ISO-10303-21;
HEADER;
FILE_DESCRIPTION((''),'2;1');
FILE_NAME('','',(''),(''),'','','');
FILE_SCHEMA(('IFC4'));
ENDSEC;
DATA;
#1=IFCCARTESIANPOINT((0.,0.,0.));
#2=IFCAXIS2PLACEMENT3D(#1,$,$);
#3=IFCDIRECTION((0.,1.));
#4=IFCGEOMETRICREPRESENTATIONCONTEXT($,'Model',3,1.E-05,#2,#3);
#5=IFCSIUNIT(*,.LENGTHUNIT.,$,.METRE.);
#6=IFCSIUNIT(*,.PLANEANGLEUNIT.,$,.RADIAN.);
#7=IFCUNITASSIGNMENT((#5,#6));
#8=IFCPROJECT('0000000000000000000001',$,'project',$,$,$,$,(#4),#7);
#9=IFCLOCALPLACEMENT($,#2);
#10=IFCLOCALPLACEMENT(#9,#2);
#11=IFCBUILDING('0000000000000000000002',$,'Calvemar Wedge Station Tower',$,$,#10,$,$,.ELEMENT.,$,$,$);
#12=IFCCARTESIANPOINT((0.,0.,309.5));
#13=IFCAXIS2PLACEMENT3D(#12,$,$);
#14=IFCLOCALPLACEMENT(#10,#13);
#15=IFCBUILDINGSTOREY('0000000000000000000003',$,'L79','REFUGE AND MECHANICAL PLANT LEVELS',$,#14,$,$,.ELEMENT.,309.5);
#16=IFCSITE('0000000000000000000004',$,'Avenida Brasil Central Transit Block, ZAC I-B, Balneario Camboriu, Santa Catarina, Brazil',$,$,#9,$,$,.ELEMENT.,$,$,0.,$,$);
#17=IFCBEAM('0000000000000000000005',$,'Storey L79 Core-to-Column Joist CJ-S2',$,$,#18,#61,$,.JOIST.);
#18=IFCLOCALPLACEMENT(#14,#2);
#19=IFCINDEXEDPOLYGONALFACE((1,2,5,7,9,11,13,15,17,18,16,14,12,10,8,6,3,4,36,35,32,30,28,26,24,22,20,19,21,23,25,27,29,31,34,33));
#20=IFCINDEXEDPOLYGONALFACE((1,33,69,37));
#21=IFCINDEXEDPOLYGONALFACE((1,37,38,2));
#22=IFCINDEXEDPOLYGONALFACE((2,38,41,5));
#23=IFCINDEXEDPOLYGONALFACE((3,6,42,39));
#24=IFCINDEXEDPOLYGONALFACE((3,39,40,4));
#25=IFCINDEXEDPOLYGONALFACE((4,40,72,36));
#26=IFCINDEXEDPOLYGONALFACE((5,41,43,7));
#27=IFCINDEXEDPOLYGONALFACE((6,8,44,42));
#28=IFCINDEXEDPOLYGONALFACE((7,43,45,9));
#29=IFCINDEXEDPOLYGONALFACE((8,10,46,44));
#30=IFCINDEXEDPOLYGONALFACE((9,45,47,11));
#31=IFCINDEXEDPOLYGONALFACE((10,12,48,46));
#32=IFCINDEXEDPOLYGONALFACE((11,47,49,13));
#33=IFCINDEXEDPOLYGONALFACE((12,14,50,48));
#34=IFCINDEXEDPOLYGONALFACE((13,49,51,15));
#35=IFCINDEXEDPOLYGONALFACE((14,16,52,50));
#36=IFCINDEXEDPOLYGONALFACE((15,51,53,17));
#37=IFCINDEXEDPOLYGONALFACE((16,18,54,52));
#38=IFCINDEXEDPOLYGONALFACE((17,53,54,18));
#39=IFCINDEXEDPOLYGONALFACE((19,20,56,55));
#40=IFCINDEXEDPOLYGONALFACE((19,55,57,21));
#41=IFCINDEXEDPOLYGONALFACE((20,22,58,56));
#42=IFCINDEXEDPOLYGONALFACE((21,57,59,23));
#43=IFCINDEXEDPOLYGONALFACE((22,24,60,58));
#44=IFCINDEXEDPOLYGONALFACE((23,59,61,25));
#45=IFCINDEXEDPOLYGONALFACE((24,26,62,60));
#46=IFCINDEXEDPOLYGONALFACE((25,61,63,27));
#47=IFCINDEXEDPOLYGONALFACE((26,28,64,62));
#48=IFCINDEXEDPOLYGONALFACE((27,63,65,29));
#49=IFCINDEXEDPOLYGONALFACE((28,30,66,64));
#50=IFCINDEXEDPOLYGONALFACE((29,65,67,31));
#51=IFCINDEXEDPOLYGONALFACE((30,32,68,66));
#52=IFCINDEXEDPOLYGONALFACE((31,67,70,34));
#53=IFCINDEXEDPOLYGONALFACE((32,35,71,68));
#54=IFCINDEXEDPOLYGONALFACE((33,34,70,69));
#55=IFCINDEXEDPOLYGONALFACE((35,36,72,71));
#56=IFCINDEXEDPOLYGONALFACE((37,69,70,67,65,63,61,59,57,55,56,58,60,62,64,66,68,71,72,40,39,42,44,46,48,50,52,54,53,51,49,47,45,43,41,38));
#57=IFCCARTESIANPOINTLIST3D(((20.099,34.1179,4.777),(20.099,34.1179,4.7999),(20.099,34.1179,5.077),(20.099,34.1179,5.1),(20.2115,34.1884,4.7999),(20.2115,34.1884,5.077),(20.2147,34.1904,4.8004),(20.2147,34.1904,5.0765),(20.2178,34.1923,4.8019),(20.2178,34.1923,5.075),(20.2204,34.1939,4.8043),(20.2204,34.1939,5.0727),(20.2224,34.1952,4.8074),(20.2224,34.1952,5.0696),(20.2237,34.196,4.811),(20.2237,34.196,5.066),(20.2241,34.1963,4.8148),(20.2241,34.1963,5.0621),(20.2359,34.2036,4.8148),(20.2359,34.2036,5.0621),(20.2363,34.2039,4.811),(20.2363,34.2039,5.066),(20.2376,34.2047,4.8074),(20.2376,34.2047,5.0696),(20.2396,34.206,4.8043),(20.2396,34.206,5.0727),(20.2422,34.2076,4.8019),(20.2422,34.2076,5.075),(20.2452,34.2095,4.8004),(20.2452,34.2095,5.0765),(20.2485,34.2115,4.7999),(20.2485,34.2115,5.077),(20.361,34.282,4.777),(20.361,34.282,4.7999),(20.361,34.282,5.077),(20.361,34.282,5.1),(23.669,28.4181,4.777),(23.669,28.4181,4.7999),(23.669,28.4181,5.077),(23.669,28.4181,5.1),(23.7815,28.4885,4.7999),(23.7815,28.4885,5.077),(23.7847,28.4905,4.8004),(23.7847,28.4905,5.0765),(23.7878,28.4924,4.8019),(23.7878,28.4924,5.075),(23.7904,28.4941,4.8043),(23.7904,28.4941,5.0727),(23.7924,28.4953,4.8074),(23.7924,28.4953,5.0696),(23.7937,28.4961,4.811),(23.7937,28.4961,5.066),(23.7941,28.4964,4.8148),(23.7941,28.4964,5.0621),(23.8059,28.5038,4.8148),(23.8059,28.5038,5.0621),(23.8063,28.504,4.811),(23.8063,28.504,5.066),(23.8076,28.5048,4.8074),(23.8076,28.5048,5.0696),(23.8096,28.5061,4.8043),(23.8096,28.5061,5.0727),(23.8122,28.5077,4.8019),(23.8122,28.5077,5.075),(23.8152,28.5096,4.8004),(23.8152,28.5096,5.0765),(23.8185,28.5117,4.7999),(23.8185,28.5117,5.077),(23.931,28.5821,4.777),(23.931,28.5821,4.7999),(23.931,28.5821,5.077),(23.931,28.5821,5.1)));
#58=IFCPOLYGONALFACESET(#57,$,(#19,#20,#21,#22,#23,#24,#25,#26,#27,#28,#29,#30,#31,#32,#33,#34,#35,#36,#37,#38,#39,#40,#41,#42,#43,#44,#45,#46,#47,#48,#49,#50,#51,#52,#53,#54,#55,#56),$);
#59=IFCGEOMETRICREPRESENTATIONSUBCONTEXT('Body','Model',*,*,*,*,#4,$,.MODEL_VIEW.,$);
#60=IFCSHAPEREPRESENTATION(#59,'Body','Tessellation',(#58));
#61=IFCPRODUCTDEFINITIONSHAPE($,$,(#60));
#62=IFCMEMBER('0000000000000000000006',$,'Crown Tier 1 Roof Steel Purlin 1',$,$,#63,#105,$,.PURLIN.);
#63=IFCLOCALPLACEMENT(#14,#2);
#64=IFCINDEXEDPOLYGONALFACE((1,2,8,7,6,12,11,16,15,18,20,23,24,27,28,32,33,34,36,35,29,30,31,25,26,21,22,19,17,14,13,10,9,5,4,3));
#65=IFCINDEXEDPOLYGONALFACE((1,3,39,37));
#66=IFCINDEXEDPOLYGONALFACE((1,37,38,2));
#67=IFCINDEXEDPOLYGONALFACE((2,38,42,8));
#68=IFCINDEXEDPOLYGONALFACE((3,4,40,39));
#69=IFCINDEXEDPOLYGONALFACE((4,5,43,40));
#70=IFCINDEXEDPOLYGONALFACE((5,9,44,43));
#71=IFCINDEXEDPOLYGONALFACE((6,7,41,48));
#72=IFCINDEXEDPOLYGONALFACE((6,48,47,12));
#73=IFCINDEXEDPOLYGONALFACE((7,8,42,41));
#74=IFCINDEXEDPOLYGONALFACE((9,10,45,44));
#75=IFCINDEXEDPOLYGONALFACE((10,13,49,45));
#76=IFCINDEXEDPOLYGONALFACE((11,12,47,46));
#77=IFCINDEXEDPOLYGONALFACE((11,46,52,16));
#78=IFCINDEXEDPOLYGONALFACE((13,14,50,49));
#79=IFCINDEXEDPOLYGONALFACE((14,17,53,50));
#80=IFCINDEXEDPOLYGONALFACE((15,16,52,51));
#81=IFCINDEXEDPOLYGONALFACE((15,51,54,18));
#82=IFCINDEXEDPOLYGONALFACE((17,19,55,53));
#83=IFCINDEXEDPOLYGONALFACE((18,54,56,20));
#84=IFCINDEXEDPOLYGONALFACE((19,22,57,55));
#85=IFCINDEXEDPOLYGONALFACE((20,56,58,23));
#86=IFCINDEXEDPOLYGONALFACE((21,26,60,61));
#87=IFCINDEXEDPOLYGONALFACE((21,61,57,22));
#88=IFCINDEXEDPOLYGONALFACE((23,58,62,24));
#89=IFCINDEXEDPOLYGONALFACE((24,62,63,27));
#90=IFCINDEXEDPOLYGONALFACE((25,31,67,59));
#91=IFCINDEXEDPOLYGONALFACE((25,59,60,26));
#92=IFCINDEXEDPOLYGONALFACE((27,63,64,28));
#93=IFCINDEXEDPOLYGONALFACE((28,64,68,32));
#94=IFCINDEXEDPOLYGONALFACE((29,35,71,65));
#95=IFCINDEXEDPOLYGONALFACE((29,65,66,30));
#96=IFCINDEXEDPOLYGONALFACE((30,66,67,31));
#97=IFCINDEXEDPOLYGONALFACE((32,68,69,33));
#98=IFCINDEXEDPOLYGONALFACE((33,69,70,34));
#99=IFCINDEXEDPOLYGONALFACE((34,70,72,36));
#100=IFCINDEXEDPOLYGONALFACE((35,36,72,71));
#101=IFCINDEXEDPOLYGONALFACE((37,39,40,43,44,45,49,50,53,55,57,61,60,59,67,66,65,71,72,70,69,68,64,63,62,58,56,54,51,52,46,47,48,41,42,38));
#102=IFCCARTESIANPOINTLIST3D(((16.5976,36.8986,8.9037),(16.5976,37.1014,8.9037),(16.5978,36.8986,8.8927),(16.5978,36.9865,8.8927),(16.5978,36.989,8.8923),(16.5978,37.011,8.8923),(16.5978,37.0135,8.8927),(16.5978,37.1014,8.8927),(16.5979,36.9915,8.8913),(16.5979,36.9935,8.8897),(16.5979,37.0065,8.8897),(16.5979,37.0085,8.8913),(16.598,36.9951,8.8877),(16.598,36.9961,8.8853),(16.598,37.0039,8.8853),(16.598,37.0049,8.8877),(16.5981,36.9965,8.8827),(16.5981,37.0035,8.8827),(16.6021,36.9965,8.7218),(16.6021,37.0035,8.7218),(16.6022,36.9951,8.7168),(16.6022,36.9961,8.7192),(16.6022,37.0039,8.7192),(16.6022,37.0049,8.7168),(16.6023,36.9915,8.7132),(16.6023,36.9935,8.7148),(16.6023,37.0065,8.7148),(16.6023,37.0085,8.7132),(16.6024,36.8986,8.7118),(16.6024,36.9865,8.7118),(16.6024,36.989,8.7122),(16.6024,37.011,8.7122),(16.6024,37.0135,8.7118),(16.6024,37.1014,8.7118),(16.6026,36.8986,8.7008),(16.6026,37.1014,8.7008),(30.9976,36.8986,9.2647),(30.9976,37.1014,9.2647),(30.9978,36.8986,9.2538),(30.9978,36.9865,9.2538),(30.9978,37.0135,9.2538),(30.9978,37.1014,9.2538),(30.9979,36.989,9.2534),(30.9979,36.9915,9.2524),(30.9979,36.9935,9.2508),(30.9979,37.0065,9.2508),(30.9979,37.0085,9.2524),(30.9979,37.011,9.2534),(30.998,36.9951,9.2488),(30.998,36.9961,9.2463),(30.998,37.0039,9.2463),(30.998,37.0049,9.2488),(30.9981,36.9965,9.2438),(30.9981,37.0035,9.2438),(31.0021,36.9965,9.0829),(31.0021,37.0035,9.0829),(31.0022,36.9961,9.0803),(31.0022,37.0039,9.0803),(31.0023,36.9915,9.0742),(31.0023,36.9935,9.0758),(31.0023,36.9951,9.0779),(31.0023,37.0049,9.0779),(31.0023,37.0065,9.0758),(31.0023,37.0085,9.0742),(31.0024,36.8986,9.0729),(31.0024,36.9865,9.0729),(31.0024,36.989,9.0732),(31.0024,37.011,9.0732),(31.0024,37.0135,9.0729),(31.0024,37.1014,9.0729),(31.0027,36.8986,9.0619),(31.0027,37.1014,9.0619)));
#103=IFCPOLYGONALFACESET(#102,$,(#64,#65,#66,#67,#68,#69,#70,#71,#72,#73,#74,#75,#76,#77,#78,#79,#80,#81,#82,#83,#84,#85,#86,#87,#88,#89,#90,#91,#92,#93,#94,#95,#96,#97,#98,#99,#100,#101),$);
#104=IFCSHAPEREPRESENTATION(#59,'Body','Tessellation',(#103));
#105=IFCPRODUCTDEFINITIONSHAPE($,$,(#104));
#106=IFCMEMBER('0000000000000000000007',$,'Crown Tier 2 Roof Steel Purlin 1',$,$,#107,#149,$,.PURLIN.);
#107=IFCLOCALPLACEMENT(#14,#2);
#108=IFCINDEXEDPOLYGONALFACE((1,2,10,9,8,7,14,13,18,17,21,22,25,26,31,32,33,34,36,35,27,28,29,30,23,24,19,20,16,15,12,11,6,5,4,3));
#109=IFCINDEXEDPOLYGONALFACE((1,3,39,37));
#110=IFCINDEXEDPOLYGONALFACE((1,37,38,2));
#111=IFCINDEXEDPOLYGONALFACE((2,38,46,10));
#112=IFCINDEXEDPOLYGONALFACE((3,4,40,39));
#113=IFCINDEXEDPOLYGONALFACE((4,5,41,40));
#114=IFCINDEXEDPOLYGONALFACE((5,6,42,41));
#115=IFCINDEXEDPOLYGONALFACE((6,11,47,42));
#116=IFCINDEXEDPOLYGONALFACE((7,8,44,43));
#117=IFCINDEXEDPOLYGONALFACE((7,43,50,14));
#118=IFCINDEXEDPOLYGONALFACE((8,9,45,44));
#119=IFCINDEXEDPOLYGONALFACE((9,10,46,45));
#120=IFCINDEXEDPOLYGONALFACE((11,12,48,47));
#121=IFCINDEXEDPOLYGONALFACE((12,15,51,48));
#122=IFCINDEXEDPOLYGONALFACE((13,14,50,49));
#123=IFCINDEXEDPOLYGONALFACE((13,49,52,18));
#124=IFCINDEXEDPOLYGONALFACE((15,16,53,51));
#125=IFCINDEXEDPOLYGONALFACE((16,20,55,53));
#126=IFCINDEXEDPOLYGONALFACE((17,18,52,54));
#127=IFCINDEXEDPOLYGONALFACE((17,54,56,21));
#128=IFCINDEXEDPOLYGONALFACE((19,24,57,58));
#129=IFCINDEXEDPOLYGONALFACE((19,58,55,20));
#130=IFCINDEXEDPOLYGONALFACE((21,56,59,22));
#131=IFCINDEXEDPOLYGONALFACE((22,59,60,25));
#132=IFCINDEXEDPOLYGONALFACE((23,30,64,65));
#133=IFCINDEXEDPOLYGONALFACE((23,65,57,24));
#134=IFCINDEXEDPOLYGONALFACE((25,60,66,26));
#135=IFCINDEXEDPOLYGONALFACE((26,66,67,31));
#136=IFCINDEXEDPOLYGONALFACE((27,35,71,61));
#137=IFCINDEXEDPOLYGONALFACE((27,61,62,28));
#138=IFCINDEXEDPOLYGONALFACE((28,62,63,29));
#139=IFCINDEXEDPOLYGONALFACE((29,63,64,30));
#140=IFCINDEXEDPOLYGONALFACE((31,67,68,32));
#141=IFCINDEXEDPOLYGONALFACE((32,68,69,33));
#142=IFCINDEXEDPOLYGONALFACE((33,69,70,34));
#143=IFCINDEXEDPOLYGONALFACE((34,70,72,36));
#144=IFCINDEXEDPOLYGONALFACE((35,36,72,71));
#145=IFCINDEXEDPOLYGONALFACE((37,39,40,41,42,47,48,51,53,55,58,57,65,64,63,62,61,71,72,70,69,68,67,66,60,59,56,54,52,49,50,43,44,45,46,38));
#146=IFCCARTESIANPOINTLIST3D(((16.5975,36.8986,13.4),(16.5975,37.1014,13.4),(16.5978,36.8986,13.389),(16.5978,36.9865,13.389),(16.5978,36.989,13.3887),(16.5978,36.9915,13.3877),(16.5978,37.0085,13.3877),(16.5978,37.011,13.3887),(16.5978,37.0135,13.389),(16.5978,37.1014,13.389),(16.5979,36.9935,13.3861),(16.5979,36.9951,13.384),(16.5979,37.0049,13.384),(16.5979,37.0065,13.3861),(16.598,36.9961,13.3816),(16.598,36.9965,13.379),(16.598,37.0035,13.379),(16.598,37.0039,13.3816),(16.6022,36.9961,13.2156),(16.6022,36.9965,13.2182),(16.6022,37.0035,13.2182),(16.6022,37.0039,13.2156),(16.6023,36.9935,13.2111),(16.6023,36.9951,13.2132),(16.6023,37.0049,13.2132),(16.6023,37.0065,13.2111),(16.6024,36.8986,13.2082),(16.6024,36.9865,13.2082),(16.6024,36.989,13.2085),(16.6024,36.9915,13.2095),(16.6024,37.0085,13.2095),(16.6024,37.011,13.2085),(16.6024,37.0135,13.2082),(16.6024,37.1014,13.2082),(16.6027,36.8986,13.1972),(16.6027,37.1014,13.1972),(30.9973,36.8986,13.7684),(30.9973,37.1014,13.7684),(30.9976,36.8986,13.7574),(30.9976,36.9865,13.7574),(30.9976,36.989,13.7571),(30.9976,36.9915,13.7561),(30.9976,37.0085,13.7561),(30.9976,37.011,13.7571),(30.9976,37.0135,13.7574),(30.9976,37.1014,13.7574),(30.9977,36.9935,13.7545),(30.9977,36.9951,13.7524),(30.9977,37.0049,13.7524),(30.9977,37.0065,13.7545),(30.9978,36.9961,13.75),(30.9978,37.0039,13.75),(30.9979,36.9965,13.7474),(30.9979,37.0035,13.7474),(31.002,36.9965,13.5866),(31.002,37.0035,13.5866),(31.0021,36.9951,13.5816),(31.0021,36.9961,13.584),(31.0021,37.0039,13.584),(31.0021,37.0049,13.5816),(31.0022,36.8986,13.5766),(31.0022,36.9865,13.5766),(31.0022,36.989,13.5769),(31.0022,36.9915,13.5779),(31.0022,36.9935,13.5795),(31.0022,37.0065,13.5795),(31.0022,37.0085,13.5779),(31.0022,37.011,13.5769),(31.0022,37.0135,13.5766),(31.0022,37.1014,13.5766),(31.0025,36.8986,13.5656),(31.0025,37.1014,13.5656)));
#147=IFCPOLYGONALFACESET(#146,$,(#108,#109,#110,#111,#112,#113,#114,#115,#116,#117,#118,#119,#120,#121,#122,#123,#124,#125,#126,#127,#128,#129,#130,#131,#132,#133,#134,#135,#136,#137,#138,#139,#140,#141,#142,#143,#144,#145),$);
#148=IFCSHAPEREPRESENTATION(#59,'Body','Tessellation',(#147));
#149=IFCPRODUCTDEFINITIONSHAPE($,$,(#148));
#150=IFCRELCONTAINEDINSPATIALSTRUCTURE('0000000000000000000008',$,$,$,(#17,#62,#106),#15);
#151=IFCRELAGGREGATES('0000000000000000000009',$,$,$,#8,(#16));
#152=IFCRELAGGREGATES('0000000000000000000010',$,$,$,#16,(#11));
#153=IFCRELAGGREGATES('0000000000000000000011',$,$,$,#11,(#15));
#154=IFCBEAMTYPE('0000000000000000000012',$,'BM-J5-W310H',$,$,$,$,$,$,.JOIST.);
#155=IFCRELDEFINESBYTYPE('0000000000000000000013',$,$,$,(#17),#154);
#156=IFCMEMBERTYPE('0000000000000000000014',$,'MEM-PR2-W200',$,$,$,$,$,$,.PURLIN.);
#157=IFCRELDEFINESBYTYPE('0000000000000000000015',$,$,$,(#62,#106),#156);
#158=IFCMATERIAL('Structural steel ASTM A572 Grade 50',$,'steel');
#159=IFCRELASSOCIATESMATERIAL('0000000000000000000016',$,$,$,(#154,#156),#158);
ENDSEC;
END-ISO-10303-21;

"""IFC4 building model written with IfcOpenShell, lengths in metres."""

from ifc_helpers import new_model, si_unit, direction, frame, origin, origin_2d, place, context, subcontext, project, spatial, i_section, extrude, source, transform, mapped, material, material_profile, profile_set, type_object, element, save


model = new_model("IFC4")

# Units and contexts
model_context = context("Model", 3, precision=1e-05, world=origin(), true_north=direction((0.0, 1.0)))
body_context = subcontext(model_context, "Body", "Model", "MODEL_VIEW")
ifc_project = project(units=[si_unit("LENGTHUNIT", "METRE"), si_unit("PLANEANGLEUNIT", "RADIAN")], contexts=[model_context])

# Site, building, storey
site_placement = place(None, origin())
site = spatial("IfcSite", under=ifc_project, at=site_placement, Name="Avenida Brasil Central Transit Block, ZAC I-B, Balneario Camboriu, Santa Catarina, Brazil", CompositionType="ELEMENT", RefElevation=0.0)
building_placement = place(site_placement, origin())
building = spatial("IfcBuilding", under=site, at=building_placement, Name="Calvemar Wedge Station Tower", CompositionType="ELEMENT")
storey_placement = place(building_placement, frame((0.0, 0.0, 309.5)))
storey = spatial("IfcBuildingStorey", under=building, at=storey_placement, Name="L79", Description="REFUGE AND MECHANICAL PLANT LEVELS", CompositionType="ELEMENT", Elevation=309.5)

# Shared definitions
ifc_material_1 = material(Name="Structural steel ASTM A572 Grade 50", Category="steel")

# Beam
ifc_material_profile_1 = material_profile(ifc_material_1, i_section(OverallWidth=0.3091, OverallDepth=0.323, WebThickness=0.0139, FlangeThickness=0.0229, FilletRadius=0.0149, at=origin_2d()), Name="W310x143")
ifc_profile_set_1 = profile_set([ifc_material_profile_1], Name="Structural steel ASTM A572 Grade 50")
beam_type_1 = type_object("IfcBeamType", Name="BM-J5-W310H", PredefinedType="JOIST", material=ifc_profile_set_1)
shared_shape_1 = source(origin(), body_context, "Body", "SweptSolid", [
    extrude(i_section(OverallWidth=0.3091, OverallDepth=0.323, WebThickness=0.0139, FlangeThickness=0.0229, FilletRadius=0.0149, at=origin_2d()), origin(), (0.0, 0.0, 1.0), 6.7256),
])
beam_1_placement = place(storey_placement, frame((20.23, 34.2, 4.9385), z_axis=(0.530811, -0.84749, 0.0), x_axis=(0.84749, 0.530811, 0.0)))
element("IfcBeam", 1, at=beam_1_placement, inside=storey, type_object=beam_type_1, Name="Storey L79 Core-to-Column Joist CJ-S2", PredefinedType="JOIST", context=body_context, shape_type="MappedRepresentation", body=[
    mapped(shared_shape_1, transform((0.0, 0.0, 0.0), scale=1.0)),
])

# Members
ifc_material_profile_2 = material_profile(ifc_material_1, i_section(OverallWidth=0.2029, OverallDepth=0.2029, WebThickness=0.0071, FlangeThickness=0.011, FilletRadius=0.01, at=origin_2d()), Name="W200x46.1")
ifc_profile_set_2 = profile_set([ifc_material_profile_2], Name="Structural steel ASTM A572 Grade 50")
member_type_1 = type_object("IfcMemberType", Name="MEM-PR2-W200", PredefinedType="PURLIN", material=ifc_profile_set_2)
shared_shape_2 = source(origin(), body_context, "Body", "SweptSolid", [
    extrude(i_section(OverallWidth=0.2029, OverallDepth=0.2029, WebThickness=0.0071, FlangeThickness=0.011, FilletRadius=0.01, at=origin_2d()), origin(), (0.0, 0.0, 1.0), 14.4045),
])
for number, where, z_axis, x_axis, name in (
    (2, (16.6001, 37.0, 8.8022), (0.999686, 0.0, 0.025068), (0.0, 1.0, 0.0), "Crown Tier 1 Roof Steel Purlin 1"),
    (3, (16.6001, 37.0, 13.2986), (0.999673, 0.0, 0.025576), (0.0, 1.0, 0.0), "Crown Tier 2 Roof Steel Purlin 1"),
):
    element("IfcMember", number, at=place(storey_placement, frame(where, z_axis=z_axis, x_axis=x_axis)), inside=storey, type_object=member_type_1, Name=name, PredefinedType="PURLIN", context=body_context, shape_type="MappedRepresentation", body=[
        mapped(shared_shape_2, transform((0.0, 0.0, 0.0), scale=1.0)),
    ])

save(model, "model.ifc")
